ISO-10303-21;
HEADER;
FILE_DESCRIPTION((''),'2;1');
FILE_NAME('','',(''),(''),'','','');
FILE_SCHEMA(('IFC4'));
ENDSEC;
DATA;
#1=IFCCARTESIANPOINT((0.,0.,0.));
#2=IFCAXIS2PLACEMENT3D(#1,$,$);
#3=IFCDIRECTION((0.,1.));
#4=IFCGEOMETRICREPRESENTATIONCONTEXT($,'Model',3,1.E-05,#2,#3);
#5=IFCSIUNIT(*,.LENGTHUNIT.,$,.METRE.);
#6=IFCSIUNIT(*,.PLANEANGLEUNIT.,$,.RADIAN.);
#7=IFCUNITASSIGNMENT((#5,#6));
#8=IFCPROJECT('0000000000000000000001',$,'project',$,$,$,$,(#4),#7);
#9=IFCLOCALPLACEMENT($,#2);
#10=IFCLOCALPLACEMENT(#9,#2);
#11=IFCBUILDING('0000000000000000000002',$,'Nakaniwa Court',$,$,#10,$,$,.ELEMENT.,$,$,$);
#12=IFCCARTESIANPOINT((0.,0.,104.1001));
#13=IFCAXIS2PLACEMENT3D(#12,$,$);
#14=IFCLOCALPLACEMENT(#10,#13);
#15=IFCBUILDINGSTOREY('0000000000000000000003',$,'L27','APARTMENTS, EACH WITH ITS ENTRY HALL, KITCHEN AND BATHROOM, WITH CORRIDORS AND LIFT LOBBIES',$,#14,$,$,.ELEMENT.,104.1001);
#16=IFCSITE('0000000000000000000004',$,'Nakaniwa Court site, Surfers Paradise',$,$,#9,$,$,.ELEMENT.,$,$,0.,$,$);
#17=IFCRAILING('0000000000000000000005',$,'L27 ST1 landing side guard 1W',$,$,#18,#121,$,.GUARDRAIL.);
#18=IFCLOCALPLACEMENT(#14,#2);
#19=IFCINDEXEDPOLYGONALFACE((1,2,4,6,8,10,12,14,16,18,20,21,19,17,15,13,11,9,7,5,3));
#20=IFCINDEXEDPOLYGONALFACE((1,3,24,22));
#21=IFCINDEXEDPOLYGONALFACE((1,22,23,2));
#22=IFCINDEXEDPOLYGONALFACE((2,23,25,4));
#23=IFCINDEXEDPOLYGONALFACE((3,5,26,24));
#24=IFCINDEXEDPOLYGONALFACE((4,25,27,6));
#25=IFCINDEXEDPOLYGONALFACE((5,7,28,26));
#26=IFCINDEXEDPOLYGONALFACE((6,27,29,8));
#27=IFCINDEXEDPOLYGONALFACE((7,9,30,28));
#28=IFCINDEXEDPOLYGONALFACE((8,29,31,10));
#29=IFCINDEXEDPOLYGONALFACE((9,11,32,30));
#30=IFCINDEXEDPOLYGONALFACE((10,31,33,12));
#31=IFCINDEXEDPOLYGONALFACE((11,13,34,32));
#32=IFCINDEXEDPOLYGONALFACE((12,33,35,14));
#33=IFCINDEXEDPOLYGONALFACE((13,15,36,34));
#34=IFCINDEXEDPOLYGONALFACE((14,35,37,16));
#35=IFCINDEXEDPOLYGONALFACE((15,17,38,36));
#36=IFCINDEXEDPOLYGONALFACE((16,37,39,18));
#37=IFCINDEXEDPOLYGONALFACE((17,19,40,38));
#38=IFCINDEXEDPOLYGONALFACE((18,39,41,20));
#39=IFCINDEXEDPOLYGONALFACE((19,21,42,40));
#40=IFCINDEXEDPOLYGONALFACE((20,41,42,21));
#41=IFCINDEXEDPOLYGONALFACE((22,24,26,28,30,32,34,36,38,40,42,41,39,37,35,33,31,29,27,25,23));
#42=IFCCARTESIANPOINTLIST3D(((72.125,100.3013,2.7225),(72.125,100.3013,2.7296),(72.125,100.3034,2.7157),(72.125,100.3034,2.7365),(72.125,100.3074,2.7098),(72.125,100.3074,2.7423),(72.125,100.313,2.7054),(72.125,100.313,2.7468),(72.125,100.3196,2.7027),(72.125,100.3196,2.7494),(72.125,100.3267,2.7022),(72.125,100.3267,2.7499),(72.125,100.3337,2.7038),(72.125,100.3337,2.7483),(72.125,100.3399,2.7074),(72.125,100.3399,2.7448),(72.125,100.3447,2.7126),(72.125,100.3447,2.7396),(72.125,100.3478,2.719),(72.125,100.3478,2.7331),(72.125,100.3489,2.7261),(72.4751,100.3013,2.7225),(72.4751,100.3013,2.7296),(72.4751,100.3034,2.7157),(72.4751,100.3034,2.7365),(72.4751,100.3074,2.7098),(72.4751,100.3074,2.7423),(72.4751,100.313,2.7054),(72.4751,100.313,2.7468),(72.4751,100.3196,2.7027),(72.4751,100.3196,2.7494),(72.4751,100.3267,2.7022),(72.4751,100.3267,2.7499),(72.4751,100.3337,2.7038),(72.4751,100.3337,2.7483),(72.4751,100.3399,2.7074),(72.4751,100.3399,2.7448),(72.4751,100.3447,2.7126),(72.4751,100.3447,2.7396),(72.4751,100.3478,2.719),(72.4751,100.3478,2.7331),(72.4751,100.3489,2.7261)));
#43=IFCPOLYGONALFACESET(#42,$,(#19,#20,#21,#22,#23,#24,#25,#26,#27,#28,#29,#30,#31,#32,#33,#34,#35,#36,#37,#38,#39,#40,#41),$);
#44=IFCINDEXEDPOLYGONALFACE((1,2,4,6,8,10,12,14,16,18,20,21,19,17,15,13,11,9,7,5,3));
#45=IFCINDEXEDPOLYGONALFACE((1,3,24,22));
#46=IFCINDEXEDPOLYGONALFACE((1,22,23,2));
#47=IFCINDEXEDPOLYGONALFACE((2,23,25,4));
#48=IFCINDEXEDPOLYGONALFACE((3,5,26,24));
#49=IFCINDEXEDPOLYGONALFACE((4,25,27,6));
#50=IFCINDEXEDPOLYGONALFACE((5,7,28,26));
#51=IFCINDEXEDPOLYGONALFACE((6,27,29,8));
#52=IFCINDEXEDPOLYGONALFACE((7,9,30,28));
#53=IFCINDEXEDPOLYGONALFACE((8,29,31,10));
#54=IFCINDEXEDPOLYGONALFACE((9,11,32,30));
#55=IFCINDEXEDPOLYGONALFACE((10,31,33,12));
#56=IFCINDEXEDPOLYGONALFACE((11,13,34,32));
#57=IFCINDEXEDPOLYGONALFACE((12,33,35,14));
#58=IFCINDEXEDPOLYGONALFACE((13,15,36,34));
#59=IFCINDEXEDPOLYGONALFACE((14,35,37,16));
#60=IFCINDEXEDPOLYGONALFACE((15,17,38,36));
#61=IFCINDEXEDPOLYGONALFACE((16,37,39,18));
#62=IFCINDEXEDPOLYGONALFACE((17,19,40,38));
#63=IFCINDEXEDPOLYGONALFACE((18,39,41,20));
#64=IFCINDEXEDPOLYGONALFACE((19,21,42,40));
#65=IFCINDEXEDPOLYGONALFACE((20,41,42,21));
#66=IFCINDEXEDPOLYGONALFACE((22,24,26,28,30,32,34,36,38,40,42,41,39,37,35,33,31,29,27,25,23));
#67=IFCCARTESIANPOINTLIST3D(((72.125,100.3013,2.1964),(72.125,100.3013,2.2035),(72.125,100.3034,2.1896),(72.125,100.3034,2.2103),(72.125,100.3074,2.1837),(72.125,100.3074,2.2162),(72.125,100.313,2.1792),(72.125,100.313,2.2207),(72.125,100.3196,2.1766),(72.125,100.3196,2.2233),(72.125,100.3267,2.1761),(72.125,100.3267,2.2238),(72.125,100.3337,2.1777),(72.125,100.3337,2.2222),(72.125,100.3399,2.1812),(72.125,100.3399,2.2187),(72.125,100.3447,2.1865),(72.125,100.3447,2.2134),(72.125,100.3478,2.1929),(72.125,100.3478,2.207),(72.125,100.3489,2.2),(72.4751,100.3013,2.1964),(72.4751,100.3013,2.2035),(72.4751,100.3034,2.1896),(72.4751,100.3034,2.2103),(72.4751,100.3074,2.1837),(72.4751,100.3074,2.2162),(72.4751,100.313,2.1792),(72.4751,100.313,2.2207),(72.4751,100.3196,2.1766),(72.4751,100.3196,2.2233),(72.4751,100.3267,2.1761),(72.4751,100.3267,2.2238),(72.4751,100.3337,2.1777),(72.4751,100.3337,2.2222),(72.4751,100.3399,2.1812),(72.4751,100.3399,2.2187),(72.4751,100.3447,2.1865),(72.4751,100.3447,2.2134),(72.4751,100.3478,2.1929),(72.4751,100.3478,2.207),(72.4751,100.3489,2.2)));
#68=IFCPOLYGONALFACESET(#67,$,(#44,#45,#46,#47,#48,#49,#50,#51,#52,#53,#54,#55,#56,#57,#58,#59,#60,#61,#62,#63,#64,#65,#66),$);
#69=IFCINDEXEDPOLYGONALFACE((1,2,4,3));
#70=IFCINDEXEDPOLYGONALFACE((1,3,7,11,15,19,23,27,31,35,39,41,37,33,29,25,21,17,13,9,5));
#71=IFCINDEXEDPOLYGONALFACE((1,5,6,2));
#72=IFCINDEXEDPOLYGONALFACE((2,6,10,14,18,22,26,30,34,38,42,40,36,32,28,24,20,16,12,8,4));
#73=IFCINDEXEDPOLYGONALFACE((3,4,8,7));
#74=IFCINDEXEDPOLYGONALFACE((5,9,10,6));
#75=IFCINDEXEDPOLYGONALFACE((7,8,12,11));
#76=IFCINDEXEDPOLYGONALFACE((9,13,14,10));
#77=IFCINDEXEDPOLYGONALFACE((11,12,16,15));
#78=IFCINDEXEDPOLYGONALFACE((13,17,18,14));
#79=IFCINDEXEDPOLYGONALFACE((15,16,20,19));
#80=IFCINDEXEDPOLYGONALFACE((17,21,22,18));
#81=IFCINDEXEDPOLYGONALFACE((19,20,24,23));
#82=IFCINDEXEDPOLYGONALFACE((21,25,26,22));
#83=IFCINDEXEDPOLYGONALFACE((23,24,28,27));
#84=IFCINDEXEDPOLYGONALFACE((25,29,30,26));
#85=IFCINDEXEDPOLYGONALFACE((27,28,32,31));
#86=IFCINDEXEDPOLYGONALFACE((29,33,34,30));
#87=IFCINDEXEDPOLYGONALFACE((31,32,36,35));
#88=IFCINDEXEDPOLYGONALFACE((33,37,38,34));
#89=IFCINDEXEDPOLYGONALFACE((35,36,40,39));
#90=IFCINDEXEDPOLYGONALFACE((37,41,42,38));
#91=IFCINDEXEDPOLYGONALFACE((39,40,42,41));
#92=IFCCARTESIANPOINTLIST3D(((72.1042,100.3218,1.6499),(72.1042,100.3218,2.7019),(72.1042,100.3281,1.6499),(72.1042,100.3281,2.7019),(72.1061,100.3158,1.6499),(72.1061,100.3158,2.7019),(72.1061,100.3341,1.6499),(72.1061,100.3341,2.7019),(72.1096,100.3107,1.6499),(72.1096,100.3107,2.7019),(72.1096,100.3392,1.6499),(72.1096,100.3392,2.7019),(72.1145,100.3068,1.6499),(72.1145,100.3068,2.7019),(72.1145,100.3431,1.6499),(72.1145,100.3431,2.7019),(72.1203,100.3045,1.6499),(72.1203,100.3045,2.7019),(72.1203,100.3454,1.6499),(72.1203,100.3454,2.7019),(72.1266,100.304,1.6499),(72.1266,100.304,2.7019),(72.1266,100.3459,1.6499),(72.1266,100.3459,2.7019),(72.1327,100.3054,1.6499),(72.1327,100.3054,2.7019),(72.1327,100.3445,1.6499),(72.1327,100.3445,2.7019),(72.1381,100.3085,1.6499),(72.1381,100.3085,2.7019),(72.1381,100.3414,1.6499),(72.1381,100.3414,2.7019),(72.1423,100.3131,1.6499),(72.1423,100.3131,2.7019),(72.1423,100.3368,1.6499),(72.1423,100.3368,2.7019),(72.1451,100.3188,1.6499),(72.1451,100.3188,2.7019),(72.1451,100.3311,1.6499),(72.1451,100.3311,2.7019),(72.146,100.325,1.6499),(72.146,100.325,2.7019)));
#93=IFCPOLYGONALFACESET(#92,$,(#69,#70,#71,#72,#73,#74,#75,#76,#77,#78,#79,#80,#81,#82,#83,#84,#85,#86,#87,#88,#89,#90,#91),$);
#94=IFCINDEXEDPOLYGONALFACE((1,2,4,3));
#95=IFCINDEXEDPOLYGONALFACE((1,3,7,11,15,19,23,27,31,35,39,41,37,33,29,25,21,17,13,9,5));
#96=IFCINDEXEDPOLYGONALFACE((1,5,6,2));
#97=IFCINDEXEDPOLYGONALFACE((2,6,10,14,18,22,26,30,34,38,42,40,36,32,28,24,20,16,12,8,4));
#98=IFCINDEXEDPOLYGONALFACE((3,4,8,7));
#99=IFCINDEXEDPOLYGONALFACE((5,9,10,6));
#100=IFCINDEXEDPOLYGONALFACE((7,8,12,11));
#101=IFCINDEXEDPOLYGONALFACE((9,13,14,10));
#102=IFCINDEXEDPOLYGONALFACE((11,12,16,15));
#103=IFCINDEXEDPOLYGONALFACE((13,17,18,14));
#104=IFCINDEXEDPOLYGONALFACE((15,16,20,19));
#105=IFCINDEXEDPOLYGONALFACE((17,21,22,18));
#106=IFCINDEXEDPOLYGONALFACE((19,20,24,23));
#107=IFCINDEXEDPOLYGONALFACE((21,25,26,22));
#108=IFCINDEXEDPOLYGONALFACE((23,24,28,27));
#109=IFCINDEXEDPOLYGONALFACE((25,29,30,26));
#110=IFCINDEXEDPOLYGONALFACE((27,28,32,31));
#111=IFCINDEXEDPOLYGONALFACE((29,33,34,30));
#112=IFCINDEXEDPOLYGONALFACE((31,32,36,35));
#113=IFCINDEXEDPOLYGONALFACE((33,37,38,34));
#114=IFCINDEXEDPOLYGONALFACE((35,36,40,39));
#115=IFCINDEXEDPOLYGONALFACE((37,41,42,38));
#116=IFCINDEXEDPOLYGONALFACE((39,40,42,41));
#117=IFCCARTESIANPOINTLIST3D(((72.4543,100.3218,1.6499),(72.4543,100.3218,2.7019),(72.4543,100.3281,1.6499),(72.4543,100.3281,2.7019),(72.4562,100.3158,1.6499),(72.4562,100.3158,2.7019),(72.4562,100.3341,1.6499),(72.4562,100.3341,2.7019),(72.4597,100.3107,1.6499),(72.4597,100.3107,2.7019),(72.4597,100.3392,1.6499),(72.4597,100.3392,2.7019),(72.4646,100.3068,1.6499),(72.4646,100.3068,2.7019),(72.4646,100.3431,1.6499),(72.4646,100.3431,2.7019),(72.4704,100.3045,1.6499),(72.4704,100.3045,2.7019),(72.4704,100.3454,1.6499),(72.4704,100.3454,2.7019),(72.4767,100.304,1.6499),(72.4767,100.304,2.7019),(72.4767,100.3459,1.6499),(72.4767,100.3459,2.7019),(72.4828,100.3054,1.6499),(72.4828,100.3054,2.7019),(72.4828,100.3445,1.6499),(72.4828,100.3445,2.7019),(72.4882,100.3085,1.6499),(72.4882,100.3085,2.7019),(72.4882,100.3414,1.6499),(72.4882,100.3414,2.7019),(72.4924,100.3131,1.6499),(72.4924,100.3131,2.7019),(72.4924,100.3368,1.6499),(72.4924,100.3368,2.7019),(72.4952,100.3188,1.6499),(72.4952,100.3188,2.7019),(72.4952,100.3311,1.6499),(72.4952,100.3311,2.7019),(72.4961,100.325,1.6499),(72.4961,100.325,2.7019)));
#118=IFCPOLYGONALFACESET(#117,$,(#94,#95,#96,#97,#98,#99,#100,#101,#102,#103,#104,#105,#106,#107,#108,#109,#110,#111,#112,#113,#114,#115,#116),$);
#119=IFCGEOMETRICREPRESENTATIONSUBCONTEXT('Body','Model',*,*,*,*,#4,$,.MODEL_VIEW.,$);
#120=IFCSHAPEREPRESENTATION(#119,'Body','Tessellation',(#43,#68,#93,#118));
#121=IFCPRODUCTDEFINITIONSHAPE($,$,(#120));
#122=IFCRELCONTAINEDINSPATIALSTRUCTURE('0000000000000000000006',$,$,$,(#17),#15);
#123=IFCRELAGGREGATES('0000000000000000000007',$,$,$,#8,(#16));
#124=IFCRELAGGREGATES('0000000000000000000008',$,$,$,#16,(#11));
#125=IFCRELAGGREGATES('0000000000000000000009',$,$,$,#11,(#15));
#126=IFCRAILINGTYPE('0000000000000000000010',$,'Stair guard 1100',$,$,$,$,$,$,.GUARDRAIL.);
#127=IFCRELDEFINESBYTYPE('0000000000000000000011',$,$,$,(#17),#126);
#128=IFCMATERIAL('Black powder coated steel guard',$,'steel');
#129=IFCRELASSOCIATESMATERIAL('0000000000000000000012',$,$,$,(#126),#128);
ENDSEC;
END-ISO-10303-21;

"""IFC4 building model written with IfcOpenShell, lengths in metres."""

from ifc_helpers import new_model, si_unit, direction, frame, origin, origin_2d, place, context, subcontext, project, spatial, circle, extrude, material, type_object, element, save


model = new_model("IFC4")

# Units and contexts
model_context = context("Model", 3, precision=1e-05, world=origin(), true_north=direction((0.0, 1.0)))
body_context = subcontext(model_context, "Body", "Model", "MODEL_VIEW")
ifc_project = project(units=[si_unit("LENGTHUNIT", "METRE"), si_unit("PLANEANGLEUNIT", "RADIAN")], contexts=[model_context])

# Site, building, storey
site_placement = place(None, origin())
site = spatial("IfcSite", under=ifc_project, at=site_placement, Name="Nakaniwa Court site, Surfers Paradise", CompositionType="ELEMENT", RefElevation=0.0)
building_placement = place(site_placement, origin())
building = spatial("IfcBuilding", under=site, at=building_placement, Name="Nakaniwa Court", CompositionType="ELEMENT")
storey_placement = place(building_placement, frame((0.0, 0.0, 104.1001)))
storey = spatial("IfcBuildingStorey", under=building, at=storey_placement, Name="L27", Description="APARTMENTS, EACH WITH ITS ENTRY HALL, KITCHEN AND BATHROOM, WITH CORRIDORS AND LIFT LOBBIES", CompositionType="ELEMENT", Elevation=104.1001)

# Railing
ifc_material_1 = material(Name="Black powder coated steel guard", Category="steel")
railing_type_1 = type_object("IfcRailingType", Name="Stair guard 1100", PredefinedType="GUARDRAIL", material=ifc_material_1)
for number, where, name in (
    (1, (72.125, 100.325, 1.6499), "L27 ST1 landing side guard 1W"),
):
    element("IfcRailing", number, at=place(storey_placement, frame(where)), inside=storey, type_object=railing_type_1, Name=name, PredefinedType="GUARDRAIL", context=body_context, shape_type="SweptSolid", body=[
        extrude(circle(Radius=0.0239, at=origin_2d()), frame((0.0, 0.0, 1.0762), z_axis=(1.0, 0.0, 0.0), x_axis=(0.0, 1.0, 0.0)), (0.0, 0.0, 1.0), 0.3501),
        extrude(circle(Radius=0.0239, at=origin_2d()), frame((0.0, 0.0, 0.55), z_axis=(1.0, 0.0, 0.0), x_axis=(0.0, 1.0, 0.0)), (0.0, 0.0, 1.0), 0.3501),
        extrude(circle(Radius=0.021, at=origin_2d()), origin(), (0.0, 0.0, 1.0), 1.052),
        extrude(circle(Radius=0.021, at=origin_2d()), frame((0.3501, 0.0, 0.0)), (0.0, 0.0, 1.0), 1.052),
    ])

save(model, "model.ifc")
